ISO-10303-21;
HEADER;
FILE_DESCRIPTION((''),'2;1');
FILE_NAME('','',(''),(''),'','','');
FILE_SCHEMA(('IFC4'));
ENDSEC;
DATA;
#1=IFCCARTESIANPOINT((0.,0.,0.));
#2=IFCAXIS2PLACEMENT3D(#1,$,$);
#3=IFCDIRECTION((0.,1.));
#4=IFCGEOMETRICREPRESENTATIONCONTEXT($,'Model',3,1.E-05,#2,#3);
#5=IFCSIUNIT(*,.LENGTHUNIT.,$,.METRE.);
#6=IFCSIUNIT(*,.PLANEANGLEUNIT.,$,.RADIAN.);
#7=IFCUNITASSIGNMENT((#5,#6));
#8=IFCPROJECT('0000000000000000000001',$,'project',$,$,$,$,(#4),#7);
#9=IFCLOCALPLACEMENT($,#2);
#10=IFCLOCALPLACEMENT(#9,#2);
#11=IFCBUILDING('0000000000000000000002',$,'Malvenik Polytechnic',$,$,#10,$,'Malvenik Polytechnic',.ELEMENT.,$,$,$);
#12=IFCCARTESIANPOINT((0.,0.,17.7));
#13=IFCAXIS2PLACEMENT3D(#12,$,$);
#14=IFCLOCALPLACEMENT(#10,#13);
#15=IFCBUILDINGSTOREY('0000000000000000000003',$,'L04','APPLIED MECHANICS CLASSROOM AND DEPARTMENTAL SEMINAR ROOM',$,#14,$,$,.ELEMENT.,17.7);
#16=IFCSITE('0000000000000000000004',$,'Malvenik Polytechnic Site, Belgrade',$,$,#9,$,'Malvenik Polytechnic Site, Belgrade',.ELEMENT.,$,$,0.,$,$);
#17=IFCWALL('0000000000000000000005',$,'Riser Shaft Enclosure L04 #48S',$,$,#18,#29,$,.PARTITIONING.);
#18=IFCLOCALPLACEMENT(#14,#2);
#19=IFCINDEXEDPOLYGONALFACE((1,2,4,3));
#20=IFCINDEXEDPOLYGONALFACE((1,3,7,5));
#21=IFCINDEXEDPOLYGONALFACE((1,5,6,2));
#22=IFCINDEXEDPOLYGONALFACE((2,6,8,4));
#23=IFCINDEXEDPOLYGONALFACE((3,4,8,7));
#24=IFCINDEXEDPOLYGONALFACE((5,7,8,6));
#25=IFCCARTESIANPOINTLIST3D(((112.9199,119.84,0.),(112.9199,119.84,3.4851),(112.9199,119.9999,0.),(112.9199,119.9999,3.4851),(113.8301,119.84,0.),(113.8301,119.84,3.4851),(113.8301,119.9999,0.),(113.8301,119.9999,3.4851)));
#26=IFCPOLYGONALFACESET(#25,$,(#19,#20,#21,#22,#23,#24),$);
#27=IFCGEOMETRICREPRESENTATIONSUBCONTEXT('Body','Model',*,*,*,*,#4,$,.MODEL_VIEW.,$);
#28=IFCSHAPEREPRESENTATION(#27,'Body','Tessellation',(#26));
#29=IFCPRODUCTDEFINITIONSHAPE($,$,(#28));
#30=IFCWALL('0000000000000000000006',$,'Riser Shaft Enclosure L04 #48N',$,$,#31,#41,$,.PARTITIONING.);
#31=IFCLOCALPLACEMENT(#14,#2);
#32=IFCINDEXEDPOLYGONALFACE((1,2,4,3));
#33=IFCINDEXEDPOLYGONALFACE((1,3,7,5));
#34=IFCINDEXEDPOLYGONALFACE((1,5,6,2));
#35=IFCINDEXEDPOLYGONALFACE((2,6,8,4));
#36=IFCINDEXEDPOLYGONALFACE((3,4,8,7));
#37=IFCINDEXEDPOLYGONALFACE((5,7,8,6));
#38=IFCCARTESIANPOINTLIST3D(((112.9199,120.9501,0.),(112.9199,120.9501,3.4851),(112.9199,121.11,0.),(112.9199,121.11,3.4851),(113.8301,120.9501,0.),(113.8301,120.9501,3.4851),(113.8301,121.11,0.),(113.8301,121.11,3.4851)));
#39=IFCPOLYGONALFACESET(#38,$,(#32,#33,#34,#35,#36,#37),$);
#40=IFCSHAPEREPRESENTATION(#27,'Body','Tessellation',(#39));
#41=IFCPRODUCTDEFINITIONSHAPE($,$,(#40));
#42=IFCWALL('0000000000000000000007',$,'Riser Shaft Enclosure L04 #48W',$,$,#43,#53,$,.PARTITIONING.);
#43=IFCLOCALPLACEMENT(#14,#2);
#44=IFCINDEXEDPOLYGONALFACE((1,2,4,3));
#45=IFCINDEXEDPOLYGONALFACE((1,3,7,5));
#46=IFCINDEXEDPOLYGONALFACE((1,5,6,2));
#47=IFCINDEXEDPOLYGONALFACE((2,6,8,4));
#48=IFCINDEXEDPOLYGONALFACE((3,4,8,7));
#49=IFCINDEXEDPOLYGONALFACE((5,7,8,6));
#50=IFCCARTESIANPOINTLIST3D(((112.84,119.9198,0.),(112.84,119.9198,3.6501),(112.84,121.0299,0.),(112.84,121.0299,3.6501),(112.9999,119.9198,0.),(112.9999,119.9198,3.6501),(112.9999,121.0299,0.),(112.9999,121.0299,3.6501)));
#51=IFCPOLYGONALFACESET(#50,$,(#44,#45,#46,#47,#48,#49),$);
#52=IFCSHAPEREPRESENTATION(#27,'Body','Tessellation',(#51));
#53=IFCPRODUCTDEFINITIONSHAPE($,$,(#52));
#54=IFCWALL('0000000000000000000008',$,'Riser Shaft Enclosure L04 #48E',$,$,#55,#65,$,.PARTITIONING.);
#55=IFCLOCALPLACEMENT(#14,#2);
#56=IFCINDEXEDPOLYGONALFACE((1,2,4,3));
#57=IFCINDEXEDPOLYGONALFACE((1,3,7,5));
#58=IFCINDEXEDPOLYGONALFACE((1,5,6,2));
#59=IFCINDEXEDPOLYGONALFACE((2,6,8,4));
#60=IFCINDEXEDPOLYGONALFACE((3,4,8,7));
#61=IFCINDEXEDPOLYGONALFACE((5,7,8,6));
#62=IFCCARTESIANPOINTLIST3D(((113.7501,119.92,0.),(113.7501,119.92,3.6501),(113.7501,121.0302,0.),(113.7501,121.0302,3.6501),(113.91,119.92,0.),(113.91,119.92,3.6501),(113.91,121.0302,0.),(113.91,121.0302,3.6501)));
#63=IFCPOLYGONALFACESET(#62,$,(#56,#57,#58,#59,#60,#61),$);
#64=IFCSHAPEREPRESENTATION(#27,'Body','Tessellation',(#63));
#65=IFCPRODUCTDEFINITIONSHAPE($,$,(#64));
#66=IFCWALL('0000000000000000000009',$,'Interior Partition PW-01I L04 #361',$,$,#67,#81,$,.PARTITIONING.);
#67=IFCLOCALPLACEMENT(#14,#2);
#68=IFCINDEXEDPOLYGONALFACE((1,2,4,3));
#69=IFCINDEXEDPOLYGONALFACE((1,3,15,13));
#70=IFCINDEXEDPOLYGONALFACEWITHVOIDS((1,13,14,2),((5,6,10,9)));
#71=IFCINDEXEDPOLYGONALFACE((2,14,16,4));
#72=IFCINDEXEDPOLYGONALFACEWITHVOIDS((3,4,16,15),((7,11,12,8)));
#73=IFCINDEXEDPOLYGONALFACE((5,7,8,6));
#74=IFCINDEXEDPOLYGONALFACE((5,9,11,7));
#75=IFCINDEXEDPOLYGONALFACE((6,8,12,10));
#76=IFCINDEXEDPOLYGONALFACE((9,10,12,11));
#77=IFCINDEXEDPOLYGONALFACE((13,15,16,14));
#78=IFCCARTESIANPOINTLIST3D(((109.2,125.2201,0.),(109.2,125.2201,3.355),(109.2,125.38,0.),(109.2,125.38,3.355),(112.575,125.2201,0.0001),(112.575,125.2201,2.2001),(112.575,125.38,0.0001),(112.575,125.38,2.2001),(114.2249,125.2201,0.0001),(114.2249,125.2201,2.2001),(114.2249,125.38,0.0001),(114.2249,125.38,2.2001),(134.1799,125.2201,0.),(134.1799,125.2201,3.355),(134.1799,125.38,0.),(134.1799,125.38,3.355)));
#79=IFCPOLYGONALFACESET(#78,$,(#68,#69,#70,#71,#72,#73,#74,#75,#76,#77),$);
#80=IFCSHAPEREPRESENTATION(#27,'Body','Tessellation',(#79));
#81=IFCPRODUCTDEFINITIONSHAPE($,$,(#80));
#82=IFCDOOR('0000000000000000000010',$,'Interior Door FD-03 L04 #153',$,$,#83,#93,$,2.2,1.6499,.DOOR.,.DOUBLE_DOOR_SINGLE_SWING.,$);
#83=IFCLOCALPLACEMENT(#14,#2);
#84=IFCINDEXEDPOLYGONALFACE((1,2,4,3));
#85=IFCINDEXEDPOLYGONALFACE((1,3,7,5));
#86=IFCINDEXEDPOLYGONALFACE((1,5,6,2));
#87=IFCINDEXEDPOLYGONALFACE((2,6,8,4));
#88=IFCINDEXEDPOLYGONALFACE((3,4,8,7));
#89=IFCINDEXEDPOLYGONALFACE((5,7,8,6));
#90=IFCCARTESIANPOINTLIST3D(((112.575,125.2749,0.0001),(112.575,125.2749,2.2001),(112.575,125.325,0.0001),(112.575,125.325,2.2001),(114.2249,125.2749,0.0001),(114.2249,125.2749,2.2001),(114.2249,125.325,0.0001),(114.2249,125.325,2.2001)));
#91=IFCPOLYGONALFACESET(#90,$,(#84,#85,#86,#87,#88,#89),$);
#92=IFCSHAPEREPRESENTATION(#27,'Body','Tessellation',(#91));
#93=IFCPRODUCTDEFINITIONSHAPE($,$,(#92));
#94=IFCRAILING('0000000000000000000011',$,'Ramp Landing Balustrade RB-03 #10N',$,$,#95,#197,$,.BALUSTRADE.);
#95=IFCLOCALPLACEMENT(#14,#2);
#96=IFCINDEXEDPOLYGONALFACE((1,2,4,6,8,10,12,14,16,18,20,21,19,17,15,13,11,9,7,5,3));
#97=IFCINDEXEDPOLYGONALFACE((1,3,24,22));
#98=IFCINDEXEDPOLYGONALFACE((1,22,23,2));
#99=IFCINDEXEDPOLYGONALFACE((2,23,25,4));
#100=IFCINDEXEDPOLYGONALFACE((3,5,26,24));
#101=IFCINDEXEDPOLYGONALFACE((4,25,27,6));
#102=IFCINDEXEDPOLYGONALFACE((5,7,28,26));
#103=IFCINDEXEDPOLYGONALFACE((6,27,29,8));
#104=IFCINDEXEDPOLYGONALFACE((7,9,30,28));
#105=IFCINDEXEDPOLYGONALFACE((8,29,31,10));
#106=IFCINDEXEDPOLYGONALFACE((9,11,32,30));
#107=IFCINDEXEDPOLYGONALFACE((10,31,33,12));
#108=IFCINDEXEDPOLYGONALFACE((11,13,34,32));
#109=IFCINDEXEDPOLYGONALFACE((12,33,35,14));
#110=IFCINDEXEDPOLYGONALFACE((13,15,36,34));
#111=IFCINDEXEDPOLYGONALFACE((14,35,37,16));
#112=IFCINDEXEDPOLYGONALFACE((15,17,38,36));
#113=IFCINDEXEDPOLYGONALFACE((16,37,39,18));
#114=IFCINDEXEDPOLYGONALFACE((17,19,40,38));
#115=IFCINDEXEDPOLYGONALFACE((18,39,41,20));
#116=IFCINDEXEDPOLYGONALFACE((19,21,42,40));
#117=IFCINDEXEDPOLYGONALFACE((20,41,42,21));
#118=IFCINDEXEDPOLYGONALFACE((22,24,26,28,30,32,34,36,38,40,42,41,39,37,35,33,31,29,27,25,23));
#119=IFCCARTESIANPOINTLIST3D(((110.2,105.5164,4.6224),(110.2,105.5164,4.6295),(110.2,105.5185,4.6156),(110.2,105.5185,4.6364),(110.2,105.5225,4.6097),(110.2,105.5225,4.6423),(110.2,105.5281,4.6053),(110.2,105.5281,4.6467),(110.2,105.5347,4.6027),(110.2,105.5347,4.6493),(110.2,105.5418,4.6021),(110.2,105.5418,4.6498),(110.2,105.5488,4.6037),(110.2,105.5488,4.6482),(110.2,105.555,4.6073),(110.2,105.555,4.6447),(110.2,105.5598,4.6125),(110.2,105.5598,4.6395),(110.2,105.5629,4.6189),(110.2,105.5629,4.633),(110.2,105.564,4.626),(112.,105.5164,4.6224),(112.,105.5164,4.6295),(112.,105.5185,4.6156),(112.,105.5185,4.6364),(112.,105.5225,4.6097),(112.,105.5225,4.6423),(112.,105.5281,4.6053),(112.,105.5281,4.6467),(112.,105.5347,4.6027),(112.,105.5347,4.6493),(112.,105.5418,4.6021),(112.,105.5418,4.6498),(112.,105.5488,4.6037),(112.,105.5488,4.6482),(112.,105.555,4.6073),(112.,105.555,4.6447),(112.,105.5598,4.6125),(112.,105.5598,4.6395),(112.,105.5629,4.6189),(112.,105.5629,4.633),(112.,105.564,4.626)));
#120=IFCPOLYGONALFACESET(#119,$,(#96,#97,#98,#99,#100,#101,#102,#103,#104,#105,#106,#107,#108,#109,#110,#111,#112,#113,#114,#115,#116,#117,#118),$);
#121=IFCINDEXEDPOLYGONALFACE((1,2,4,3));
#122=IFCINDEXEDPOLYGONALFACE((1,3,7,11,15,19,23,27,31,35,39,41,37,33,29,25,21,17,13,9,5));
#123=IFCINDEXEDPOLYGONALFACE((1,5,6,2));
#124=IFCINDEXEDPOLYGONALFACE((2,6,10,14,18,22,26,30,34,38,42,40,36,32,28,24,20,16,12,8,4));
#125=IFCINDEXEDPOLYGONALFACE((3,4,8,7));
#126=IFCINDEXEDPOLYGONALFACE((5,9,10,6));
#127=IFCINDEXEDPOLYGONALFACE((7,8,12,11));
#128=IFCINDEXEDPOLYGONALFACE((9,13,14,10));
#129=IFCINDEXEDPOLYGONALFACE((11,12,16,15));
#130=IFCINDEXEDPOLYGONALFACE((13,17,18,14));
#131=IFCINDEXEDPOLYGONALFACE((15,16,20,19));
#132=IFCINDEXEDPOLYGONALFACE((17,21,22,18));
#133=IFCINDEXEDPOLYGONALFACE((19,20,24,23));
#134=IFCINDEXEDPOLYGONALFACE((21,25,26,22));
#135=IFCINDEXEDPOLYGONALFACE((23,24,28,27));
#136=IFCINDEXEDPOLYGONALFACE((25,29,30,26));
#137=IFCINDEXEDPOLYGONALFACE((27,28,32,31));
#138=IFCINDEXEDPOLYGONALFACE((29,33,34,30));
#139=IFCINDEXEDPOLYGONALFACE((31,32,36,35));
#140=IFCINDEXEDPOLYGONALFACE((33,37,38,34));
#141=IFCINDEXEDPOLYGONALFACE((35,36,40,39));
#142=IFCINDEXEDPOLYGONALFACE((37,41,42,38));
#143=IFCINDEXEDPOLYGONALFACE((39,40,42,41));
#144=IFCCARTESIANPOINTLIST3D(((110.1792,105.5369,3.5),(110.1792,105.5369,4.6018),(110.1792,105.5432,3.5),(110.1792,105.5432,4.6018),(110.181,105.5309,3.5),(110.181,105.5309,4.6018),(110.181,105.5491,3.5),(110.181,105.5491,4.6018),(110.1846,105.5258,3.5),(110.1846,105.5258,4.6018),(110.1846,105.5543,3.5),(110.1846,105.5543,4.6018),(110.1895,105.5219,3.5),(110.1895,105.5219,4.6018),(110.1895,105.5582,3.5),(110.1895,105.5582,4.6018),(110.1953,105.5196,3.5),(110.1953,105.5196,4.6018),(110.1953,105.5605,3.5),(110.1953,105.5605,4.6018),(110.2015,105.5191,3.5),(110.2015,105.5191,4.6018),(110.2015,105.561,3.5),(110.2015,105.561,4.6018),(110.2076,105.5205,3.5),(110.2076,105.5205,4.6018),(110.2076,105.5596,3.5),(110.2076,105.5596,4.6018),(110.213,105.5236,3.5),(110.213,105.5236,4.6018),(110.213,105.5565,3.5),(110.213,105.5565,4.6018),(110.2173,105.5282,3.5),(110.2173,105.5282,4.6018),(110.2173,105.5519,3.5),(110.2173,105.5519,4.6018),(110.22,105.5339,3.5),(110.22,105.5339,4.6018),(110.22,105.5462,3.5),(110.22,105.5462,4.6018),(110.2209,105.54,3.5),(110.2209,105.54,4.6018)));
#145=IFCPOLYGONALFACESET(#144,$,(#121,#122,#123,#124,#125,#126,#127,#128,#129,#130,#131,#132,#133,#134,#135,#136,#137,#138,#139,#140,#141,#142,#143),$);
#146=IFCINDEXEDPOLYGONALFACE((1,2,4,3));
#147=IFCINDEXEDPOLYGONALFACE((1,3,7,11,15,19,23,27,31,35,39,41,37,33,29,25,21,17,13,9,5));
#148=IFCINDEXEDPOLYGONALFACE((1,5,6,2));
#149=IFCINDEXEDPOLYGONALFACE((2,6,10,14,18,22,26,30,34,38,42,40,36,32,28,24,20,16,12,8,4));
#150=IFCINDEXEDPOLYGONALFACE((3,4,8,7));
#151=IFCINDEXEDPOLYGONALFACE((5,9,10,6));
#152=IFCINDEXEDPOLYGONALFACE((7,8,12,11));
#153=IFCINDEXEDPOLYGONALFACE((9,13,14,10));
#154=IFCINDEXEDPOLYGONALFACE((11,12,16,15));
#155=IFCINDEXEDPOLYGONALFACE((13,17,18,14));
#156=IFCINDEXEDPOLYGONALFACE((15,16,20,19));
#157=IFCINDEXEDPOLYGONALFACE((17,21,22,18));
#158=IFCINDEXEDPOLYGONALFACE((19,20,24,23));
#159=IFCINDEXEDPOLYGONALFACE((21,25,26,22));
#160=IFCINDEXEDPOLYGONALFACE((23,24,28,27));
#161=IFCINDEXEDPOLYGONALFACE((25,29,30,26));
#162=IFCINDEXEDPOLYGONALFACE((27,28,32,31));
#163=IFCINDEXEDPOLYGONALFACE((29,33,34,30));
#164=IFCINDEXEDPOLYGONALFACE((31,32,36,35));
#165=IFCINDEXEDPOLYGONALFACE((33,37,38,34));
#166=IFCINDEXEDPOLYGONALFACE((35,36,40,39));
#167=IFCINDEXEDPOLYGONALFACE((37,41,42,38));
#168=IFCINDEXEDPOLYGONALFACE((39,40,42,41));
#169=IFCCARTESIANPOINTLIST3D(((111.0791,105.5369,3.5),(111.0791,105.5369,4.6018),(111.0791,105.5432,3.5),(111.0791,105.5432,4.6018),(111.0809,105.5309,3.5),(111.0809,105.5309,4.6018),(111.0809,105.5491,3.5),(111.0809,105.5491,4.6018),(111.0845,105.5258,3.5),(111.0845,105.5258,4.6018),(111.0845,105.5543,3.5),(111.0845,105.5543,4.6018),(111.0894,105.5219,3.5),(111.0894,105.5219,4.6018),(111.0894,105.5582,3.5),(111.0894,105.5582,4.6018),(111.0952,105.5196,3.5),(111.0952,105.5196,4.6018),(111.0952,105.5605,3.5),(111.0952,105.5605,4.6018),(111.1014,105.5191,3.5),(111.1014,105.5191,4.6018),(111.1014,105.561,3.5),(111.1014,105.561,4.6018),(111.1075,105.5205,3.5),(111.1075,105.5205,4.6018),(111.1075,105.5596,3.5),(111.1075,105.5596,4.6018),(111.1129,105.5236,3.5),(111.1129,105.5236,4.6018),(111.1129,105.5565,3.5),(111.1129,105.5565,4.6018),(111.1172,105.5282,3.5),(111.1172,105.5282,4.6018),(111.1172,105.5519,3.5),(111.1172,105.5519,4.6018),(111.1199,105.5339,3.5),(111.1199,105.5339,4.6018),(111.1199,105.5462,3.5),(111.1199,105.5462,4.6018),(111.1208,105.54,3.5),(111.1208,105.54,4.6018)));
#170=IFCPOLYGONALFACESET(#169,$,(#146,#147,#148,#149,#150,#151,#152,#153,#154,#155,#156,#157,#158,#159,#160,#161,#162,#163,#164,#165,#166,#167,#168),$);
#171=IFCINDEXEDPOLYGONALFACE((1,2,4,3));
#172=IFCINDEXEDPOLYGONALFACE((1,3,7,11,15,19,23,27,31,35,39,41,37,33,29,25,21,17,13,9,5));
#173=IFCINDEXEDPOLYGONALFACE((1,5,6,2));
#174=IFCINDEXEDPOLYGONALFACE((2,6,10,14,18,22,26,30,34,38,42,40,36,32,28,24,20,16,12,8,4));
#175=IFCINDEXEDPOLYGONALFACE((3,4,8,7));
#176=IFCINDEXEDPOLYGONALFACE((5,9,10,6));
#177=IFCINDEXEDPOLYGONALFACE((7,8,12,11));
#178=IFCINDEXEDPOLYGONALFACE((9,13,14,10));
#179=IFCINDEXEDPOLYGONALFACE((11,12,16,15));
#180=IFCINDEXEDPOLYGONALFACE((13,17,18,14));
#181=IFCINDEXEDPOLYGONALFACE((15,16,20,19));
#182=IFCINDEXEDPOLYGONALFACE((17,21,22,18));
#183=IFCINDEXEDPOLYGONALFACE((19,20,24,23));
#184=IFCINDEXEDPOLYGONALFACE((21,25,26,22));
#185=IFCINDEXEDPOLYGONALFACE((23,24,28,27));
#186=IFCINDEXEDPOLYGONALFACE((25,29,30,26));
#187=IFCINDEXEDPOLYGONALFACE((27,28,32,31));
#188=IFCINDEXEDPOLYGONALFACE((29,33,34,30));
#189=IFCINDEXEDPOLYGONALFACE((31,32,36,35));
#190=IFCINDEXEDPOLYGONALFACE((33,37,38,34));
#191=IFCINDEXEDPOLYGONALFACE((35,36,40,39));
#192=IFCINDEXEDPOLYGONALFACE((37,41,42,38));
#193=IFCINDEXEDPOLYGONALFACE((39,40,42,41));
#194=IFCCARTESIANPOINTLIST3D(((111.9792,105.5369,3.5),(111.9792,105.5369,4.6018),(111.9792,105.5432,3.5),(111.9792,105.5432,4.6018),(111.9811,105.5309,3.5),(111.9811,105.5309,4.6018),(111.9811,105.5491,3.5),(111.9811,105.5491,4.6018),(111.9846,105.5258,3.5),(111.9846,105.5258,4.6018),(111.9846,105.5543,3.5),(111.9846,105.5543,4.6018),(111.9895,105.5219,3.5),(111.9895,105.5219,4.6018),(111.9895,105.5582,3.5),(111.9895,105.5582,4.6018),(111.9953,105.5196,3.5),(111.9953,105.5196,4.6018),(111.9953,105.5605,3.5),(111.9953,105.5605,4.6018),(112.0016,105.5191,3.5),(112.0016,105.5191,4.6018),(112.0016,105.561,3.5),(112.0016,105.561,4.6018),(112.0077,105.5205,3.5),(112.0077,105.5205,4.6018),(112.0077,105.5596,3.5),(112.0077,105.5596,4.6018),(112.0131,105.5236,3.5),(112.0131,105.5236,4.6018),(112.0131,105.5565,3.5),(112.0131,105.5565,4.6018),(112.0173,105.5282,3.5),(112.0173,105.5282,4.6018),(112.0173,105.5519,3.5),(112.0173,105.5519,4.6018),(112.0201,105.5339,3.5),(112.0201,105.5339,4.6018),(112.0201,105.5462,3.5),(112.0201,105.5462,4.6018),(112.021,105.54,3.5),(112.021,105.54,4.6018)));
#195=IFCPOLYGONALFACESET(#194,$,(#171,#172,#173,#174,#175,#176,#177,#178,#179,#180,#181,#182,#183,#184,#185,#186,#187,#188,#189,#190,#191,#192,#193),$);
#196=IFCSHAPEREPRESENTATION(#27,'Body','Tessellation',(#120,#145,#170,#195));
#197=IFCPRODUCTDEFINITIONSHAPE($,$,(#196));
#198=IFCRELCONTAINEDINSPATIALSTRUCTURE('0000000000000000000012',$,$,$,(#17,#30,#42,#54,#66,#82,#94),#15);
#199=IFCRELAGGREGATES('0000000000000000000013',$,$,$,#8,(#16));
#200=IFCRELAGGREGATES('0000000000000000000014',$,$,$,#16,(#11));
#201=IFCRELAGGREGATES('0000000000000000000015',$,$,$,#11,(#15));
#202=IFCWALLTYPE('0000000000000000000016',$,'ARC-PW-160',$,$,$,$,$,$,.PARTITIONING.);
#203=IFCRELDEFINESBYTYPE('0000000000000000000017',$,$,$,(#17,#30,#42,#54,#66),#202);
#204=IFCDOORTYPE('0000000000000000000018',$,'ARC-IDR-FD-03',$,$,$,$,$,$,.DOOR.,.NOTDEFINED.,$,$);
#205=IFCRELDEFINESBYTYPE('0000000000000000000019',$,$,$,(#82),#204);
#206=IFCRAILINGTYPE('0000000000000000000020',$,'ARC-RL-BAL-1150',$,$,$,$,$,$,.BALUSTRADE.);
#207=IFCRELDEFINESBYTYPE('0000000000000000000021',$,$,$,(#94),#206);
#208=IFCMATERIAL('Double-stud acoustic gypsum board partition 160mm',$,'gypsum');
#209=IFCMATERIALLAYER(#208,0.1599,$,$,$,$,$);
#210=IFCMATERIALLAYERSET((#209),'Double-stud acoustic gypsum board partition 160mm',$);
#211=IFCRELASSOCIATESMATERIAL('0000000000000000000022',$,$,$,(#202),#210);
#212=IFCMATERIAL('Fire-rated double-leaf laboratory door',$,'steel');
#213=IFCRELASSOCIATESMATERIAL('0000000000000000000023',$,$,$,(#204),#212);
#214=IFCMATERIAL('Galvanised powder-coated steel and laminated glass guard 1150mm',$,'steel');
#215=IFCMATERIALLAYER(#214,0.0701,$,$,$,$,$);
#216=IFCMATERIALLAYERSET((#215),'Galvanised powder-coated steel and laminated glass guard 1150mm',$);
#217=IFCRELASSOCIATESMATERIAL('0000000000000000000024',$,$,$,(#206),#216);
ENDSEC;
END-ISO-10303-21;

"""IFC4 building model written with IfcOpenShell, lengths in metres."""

from ifc_helpers import new_model, si_unit, direction, frame, frame_2d, origin, origin_2d, place, context, subcontext, project, spatial, rectangle, circle, extrude, material, layer, layer_set, type_object, element, fill, save


model = new_model("IFC4")

# Units and contexts
model_context = context("Model", 3, precision=1e-05, world=origin(), true_north=direction((0.0, 1.0)))
body_context = subcontext(model_context, "Body", "Model", "MODEL_VIEW")
ifc_project = project(units=[si_unit("LENGTHUNIT", "METRE"), si_unit("PLANEANGLEUNIT", "RADIAN")], contexts=[model_context])

# Site, building, storey
site_placement = place(None, origin())
site = spatial("IfcSite", under=ifc_project, at=site_placement, Name="Malvenik Polytechnic Site, Belgrade", LongName="Malvenik Polytechnic Site, Belgrade", CompositionType="ELEMENT", RefElevation=0.0)
building_placement = place(site_placement, origin())
building = spatial("IfcBuilding", under=site, at=building_placement, Name="Malvenik Polytechnic", LongName="Malvenik Polytechnic", CompositionType="ELEMENT")
storey_placement = place(building_placement, frame((0.0, 0.0, 17.7)))
storey = spatial("IfcBuildingStorey", under=building, at=storey_placement, Name="L04", Description="APPLIED MECHANICS CLASSROOM AND DEPARTMENTAL SEMINAR ROOM", CompositionType="ELEMENT", Elevation=17.7)

# Walls
ifc_material_1 = material(Name="Double-stud acoustic gypsum board partition 160mm", Category="gypsum")
ifc_layer_1 = layer(ifc_material_1, 0.1599)
ifc_layer_set_1 = layer_set([ifc_layer_1], Name="Double-stud acoustic gypsum board partition 160mm")
wall_type_1 = type_object("IfcWallType", Name="ARC-PW-160", PredefinedType="PARTITIONING", material=ifc_layer_set_1)
for number, where, z_axis, x_axis, name in (
    (1, (112.9199, 119.9199, 0.0), (0.0, 0.0, 1.0), (1.0, 0.0, 0.0), "Riser Shaft Enclosure L04 #48S"),
    (2, (113.8301, 121.03, 0.0), (0.0, 0.0, 1.0), (-1.0, 0.0, 0.0), "Riser Shaft Enclosure L04 #48N"),
):
    element("IfcWall", number, at=place(storey_placement, frame(where, z_axis=z_axis, x_axis=x_axis)), inside=storey, type_object=wall_type_1, Name=name, PredefinedType="PARTITIONING", context=body_context, shape_type="SweptSolid", body=[
        extrude(rectangle(XDim=0.9102, YDim=0.1599, at=frame_2d((0.4551, 0.0))), origin(), (0.0, 0.0, 1.0), 3.4851),
    ])
for number, where, z_axis, x_axis, name in (
    (3, (112.9199, 121.03, 0.0), (0.0, 0.0, 1.0), (0.0, -1.0, 0.0), "Riser Shaft Enclosure L04 #48W"),
    (4, (113.8301, 119.9199, 0.0), (0.0, 0.0, 1.0), (0.0, 1.0, 0.0), "Riser Shaft Enclosure L04 #48E"),
):
    element("IfcWall", number, at=place(storey_placement, frame(where, z_axis=z_axis, x_axis=x_axis)), inside=storey, type_object=wall_type_1, Name=name, PredefinedType="PARTITIONING", context=body_context, shape_type="SweptSolid", body=[
        extrude(rectangle(XDim=1.1101, YDim=0.1599, at=frame_2d((0.5552, 0.0))), origin(), (0.0, 0.0, 1.0), 3.6501),
    ])

# Wall, opening, door
wall_1_placement = place(storey_placement, frame((109.2, 125.3, 0.0), z_axis=(0.0, 0.0, 1.0), x_axis=(1.0, 0.0, 0.0)))
wall_1 = element("IfcWall", 5, at=wall_1_placement, inside=storey, type_object=wall_type_1, Name="Interior Partition PW-01I L04 #361", PredefinedType="PARTITIONING", context=body_context, shape_type="SweptSolid", body=[
    extrude(rectangle(XDim=24.98, YDim=0.1599, at=frame_2d((12.49, 0.0))), origin(), (0.0, 0.0, 1.0), 3.355),
])
opening_1_placement = place(wall_1_placement, frame((3.375, 0.0, 0.0)))
opening_1 = element("IfcOpeningElement", 6, at=opening_1_placement, cuts=wall_1, PredefinedType="OPENING", context=body_context, shape_type="SweptSolid", body=[
    extrude(rectangle(XDim=1.6499, YDim=2.2, at=frame_2d((0.825, 1.1001))), frame((0.0, 0.0898, 0.0), z_axis=(0.0, -1.0, 0.0), x_axis=(1.0, 0.0, 0.0)), (0.0, 0.0, 1.0), 0.1799),
])
ifc_material_2 = material(Name="Fire-rated double-leaf laboratory door", Category="steel")
door_type = type_object("IfcDoorType", Name="ARC-IDR-FD-03", OperationType="NOTDEFINED", PredefinedType="DOOR", material=ifc_material_2)
door_placement = place(opening_1_placement, origin())
door = element("IfcDoor", 7, at=door_placement, inside=storey, type_object=door_type, Name="Interior Door FD-03 L04 #153", OperationType="DOUBLE_DOOR_SINGLE_SWING", OverallHeight=2.2, OverallWidth=1.6499, PredefinedType="DOOR", context=body_context, shape_type="SweptSolid", body=[
    extrude(rectangle(XDim=1.6499, YDim=2.2, at=frame_2d((0.825, 1.1001))), frame((0.0, 0.0249, 0.0), z_axis=(0.0, -1.0, 0.0), x_axis=(1.0, 0.0, 0.0)), (0.0, 0.0, 1.0), 0.05),
])
fill(opening_1, door)

# Railing
ifc_material_3 = material(Name="Galvanised powder-coated steel and laminated glass guard 1150mm", Category="steel")
ifc_layer_2 = layer(ifc_material_3, 0.0701)
ifc_layer_set_2 = layer_set([ifc_layer_2], Name="Galvanised powder-coated steel and laminated glass guard 1150mm")
railing_type_1 = type_object("IfcRailingType", Name="ARC-RL-BAL-1150", PredefinedType="BALUSTRADE", material=ifc_layer_set_2)
railing_1_placement = place(storey_placement, frame((110.2, 105.54, 3.5)))
element("IfcRailing", 8, at=railing_1_placement, inside=storey, type_object=railing_type_1, Name="Ramp Landing Balustrade RB-03 #10N", PredefinedType="BALUSTRADE", context=body_context, shape_type="SweptSolid", body=[
    extrude(circle(Radius=0.0239, at=origin_2d()), frame((0.0, 0.0, 1.126), z_axis=(1.0, 0.0, 0.0), x_axis=(0.0, 1.0, 0.0)), (0.0, 0.0, 1.0), 1.8),
    extrude(circle(Radius=0.021, at=origin_2d()), origin(), (0.0, 0.0, 1.0), 1.1018),
    extrude(circle(Radius=0.021, at=origin_2d()), frame((0.8999, 0.0, 0.0)), (0.0, 0.0, 1.0), 1.1018),
    extrude(circle(Radius=0.021, at=origin_2d()), frame((1.8, 0.0, 0.0)), (0.0, 0.0, 1.0), 1.1018),
])

save(model, "model.ifc")
